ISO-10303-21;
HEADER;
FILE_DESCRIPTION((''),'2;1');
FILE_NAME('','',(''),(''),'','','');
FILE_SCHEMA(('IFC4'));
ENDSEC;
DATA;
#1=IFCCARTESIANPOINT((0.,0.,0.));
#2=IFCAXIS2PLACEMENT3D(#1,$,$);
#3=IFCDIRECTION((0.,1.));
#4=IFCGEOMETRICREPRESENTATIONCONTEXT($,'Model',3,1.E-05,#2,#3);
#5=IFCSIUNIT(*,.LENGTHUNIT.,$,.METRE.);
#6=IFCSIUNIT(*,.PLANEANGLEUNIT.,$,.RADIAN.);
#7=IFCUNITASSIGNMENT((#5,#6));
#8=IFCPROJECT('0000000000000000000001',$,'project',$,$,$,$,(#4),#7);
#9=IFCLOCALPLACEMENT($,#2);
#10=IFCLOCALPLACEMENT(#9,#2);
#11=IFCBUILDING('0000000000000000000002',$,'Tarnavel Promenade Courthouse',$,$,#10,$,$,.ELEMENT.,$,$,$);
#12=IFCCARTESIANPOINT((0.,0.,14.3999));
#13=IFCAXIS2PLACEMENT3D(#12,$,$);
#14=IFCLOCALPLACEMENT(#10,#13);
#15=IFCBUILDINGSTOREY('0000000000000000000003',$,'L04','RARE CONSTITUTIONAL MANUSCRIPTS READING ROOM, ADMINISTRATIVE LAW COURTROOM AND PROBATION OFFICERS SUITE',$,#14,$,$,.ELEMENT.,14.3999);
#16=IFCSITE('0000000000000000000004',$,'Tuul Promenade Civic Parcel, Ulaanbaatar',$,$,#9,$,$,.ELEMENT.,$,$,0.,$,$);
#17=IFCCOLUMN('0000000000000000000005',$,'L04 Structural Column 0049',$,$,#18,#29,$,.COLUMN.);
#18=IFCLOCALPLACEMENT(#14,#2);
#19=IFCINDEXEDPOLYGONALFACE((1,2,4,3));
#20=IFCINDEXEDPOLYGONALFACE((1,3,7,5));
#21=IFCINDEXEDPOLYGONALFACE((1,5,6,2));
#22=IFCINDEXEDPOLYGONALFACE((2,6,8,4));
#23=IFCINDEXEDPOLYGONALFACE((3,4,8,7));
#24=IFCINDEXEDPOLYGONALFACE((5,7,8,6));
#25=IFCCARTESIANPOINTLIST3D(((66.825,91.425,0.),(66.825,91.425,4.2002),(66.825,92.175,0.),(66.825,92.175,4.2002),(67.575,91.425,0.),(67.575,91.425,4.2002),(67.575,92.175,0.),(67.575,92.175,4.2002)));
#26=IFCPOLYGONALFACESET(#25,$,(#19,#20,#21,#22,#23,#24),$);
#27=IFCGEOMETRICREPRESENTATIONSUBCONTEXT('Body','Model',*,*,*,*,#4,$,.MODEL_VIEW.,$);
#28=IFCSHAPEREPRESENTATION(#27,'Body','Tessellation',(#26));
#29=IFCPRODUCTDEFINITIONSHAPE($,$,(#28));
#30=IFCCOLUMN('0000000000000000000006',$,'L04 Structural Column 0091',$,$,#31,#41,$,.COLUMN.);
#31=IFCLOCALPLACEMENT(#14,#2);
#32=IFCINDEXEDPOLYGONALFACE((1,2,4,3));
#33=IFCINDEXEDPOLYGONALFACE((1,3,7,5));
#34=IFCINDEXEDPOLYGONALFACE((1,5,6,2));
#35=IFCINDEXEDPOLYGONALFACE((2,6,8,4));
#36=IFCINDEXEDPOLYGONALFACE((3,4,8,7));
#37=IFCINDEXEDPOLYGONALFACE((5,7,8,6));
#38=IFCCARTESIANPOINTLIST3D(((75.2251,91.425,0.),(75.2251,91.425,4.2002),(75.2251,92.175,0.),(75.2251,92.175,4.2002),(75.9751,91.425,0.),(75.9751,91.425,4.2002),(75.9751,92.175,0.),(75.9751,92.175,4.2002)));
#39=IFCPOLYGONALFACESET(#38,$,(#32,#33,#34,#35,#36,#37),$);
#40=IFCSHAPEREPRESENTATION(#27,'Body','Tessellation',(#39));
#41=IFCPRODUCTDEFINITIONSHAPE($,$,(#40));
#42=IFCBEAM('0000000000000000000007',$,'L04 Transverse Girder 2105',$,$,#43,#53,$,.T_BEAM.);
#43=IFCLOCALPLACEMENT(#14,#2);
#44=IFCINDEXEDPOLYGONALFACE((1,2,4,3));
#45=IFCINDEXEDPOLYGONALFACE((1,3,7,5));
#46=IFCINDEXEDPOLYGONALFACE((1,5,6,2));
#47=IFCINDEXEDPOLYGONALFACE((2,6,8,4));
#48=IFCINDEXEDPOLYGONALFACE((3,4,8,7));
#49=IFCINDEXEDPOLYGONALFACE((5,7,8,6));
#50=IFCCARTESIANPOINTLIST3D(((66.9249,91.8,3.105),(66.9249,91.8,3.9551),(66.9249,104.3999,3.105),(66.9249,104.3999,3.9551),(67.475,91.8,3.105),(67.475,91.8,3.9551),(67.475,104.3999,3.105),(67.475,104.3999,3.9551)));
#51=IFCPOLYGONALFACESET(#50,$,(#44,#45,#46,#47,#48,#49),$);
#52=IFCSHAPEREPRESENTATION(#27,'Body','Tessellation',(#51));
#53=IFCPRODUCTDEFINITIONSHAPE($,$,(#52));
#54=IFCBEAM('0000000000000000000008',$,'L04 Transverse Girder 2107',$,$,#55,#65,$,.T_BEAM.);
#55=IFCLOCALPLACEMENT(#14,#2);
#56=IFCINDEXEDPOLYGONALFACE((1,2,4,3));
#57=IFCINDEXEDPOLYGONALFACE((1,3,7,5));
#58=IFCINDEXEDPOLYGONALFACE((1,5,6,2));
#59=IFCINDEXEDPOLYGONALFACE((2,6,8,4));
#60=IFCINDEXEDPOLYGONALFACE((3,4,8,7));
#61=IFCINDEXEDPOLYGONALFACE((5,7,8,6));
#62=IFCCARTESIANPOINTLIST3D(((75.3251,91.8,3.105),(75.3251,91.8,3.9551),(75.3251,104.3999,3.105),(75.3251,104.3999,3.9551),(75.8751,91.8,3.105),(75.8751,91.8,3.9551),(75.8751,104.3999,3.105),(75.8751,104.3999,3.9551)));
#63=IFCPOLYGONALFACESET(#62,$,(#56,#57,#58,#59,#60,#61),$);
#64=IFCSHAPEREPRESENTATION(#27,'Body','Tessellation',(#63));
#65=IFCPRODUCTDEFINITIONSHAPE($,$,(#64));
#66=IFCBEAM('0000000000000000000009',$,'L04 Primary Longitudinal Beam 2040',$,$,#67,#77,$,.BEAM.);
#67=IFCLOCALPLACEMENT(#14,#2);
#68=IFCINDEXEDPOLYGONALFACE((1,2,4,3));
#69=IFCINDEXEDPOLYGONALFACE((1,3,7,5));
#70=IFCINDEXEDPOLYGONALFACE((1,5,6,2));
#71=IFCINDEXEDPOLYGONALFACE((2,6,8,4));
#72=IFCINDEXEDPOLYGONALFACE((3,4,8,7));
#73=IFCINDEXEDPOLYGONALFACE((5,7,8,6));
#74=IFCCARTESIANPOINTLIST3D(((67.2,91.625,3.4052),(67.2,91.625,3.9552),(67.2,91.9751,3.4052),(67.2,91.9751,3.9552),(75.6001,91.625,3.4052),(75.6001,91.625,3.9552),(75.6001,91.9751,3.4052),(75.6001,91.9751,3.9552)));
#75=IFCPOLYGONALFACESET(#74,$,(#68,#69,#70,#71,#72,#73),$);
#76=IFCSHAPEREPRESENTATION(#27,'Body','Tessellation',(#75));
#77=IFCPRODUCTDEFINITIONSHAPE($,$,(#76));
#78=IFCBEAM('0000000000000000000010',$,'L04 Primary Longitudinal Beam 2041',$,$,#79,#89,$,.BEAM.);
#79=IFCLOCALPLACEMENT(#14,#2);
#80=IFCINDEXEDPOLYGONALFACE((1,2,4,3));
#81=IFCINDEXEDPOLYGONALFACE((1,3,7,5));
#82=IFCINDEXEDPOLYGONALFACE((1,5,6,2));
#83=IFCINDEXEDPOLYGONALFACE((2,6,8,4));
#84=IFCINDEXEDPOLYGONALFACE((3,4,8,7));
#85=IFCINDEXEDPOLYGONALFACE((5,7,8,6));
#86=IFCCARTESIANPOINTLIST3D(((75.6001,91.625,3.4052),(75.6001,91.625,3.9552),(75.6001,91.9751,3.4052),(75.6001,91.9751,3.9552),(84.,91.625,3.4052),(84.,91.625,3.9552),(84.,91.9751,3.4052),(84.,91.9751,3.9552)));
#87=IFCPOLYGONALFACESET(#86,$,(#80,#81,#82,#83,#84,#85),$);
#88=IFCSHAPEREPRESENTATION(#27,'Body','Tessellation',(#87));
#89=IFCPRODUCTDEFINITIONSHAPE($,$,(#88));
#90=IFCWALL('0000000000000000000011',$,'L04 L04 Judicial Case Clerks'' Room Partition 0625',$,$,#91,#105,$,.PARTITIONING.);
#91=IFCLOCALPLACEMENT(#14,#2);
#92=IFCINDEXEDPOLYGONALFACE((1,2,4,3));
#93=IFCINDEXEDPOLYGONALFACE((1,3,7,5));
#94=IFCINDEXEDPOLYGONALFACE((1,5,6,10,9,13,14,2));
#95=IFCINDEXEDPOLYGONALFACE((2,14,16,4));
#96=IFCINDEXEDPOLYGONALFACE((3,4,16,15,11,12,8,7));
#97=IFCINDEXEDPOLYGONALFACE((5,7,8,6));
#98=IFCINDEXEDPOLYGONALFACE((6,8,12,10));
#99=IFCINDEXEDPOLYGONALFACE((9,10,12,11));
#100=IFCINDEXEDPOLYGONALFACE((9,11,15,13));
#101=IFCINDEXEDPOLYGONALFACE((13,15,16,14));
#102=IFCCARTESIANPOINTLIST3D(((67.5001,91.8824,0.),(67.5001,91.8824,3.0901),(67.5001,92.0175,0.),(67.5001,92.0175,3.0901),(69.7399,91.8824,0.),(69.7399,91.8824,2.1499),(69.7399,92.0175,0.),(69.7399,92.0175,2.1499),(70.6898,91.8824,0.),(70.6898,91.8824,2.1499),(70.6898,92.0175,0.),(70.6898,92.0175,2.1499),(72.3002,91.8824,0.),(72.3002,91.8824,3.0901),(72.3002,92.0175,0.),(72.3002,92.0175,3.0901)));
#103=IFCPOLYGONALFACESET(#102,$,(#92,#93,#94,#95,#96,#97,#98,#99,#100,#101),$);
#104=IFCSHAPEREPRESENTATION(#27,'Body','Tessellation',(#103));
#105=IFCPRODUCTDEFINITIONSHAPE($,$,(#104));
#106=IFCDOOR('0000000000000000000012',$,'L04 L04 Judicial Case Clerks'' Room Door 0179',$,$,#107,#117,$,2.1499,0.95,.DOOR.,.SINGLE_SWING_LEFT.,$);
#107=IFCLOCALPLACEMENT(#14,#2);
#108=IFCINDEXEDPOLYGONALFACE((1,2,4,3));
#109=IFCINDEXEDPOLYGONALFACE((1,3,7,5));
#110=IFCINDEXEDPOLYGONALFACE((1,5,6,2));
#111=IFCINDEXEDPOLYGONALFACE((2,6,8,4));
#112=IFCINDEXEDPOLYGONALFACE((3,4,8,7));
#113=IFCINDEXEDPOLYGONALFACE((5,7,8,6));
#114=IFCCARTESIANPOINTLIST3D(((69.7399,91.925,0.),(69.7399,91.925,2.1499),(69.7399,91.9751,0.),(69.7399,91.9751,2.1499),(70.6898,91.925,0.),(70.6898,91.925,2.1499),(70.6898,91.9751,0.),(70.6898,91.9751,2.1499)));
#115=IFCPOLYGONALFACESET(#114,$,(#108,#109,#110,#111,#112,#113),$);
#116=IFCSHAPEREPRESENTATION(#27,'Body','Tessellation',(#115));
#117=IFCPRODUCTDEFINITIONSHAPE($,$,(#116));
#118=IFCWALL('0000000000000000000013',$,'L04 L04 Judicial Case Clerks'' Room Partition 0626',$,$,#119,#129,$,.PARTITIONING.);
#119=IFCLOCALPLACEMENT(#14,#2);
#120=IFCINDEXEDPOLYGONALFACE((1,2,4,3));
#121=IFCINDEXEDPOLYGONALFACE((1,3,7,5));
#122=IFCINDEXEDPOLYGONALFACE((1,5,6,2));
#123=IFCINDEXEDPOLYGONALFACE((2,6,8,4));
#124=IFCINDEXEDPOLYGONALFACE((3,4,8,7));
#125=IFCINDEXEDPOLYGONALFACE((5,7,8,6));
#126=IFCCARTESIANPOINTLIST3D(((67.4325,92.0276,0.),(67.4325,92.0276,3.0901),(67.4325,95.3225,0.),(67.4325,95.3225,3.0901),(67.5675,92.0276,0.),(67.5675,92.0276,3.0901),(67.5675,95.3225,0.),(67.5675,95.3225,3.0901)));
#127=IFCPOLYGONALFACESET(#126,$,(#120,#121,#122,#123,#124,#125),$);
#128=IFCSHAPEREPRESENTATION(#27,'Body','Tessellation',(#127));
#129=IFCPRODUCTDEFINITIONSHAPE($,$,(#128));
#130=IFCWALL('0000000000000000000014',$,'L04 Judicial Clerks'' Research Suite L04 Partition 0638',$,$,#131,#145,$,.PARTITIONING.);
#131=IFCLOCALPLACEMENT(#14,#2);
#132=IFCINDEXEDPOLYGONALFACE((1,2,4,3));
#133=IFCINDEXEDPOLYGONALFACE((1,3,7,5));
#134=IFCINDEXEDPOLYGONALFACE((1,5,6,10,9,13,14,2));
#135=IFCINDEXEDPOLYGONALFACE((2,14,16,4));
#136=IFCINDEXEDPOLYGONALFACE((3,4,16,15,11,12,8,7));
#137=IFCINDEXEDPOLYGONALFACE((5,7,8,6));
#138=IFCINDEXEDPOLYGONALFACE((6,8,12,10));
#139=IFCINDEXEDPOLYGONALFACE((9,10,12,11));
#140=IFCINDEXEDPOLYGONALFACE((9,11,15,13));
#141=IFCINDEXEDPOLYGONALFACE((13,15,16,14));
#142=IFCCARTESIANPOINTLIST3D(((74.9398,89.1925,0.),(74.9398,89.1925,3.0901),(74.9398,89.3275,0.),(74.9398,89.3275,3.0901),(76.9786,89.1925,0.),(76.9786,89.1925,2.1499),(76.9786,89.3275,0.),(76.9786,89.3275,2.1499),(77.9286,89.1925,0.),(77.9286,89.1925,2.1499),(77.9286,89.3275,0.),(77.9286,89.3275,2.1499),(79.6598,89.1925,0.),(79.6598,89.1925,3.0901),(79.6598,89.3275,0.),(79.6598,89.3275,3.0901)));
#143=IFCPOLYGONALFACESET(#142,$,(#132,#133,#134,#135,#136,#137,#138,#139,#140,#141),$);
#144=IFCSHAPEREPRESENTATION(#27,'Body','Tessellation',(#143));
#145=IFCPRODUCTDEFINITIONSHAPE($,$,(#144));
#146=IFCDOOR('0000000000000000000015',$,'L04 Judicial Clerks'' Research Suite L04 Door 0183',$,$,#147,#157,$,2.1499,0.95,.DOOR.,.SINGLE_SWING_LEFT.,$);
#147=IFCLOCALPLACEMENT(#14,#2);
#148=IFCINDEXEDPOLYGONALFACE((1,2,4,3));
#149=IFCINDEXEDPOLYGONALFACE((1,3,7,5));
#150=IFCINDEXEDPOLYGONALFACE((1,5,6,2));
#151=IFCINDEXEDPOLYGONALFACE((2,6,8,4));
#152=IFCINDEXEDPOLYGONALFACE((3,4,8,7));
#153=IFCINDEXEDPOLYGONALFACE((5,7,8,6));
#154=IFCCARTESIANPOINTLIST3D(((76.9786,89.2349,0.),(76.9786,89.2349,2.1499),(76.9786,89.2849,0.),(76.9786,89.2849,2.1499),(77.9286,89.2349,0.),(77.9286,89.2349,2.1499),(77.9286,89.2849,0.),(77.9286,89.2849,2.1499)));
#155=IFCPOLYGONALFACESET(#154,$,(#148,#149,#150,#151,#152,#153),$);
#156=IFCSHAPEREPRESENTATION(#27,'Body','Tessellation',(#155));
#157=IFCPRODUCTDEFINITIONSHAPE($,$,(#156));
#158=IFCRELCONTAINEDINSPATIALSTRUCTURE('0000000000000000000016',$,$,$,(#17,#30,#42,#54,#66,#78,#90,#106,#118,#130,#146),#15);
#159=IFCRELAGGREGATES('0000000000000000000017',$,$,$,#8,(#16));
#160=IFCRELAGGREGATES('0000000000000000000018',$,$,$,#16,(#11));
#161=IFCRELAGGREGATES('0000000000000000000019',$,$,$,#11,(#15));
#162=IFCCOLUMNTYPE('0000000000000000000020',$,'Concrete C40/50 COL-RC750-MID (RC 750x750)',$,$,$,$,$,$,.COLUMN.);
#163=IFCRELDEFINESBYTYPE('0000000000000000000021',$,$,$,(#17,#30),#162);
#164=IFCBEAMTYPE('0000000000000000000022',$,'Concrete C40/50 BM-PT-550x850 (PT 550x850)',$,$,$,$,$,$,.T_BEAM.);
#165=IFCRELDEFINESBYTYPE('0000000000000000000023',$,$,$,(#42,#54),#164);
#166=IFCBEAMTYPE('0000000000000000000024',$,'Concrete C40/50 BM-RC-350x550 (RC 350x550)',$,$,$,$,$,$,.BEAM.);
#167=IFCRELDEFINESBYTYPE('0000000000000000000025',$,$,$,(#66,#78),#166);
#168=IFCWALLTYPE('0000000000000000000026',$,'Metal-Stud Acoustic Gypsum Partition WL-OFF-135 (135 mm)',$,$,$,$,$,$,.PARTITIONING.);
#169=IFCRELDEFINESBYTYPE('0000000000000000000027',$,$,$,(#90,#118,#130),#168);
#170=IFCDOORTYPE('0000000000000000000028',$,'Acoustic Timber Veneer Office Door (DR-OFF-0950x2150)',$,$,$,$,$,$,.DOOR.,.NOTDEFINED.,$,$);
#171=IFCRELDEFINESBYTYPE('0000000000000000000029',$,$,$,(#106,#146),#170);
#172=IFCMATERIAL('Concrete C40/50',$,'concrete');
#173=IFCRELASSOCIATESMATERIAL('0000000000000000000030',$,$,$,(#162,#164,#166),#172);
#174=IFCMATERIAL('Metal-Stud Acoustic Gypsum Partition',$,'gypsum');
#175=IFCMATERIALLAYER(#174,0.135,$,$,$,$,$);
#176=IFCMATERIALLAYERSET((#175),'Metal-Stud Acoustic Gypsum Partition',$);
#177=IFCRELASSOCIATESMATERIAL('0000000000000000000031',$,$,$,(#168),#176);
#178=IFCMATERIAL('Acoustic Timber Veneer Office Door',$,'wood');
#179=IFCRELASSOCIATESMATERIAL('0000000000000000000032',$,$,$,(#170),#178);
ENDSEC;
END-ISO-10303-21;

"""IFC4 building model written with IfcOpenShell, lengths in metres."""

from ifc_helpers import new_model, si_unit, direction, frame, frame_2d, origin, origin_2d, place, context, subcontext, project, spatial, rectangle, extrude, material, layer, layer_set, material_profile, profile_set, type_object, element, fill, save


model = new_model("IFC4")

# Units and contexts
model_context = context("Model", 3, precision=1e-05, world=origin(), true_north=direction((0.0, 1.0)))
body_context = subcontext(model_context, "Body", "Model", "MODEL_VIEW")
ifc_project = project(units=[si_unit("LENGTHUNIT", "METRE"), si_unit("PLANEANGLEUNIT", "RADIAN")], contexts=[model_context])

# Site, building, storey
site_placement = place(None, origin())
site = spatial("IfcSite", under=ifc_project, at=site_placement, Name="Tuul Promenade Civic Parcel, Ulaanbaatar", CompositionType="ELEMENT", RefElevation=0.0)
building_placement = place(site_placement, origin())
building = spatial("IfcBuilding", under=site, at=building_placement, Name="Tarnavel Promenade Courthouse", CompositionType="ELEMENT")
storey_placement = place(building_placement, frame((0.0, 0.0, 14.3999)))
storey = spatial("IfcBuildingStorey", under=building, at=storey_placement, Name="L04", Description="RARE CONSTITUTIONAL MANUSCRIPTS READING ROOM, ADMINISTRATIVE LAW COURTROOM AND PROBATION OFFICERS SUITE", CompositionType="ELEMENT", Elevation=14.3999)

# Columns
ifc_material_1 = material(Name="Concrete C40/50", Category="concrete")
ifc_material_profile_1 = material_profile(ifc_material_1, rectangle(XDim=0.75, YDim=0.75, at=origin_2d()), Name="RC 750x750")
ifc_profile_set_1 = profile_set([ifc_material_profile_1], Name="Concrete C40/50")
column_type = type_object("IfcColumnType", Name="Concrete C40/50 COL-RC750-MID (RC 750x750)", PredefinedType="COLUMN", material=ifc_profile_set_1)
for number, where, z_axis, x_axis, name in (
    (1, (67.2, 91.8, 0.0), (0.0, 0.0, 1.0), (1.0, 0.0, 0.0), "L04 Structural Column 0049"),
    (2, (75.6001, 91.8, 0.0), (0.0, 0.0, 1.0), (1.0, 0.0, 0.0), "L04 Structural Column 0091"),
):
    element("IfcColumn", number, at=place(storey_placement, frame(where, z_axis=z_axis, x_axis=x_axis)), inside=storey, type_object=column_type, Name=name, PredefinedType="COLUMN", context=body_context, shape_type="SweptSolid", body=[
        extrude(rectangle(XDim=0.75, YDim=0.75, at=origin_2d()), origin(), (0.0, 0.0, 1.0), 4.2002),
    ])

# Beams
ifc_material_profile_2 = material_profile(ifc_material_1, rectangle(XDim=0.55, YDim=0.8501, at=origin_2d()), Name="PT 550x850")
ifc_profile_set_2 = profile_set([ifc_material_profile_2], Name="Concrete C40/50")
beam_type_1 = type_object("IfcBeamType", Name="Concrete C40/50 BM-PT-550x850 (PT 550x850)", PredefinedType="T_BEAM", material=ifc_profile_set_2)
for number, where, z_axis, x_axis, name in (
    (3, (67.2, 91.8, 3.53), (0.0, 1.0, 0.0), (-1.0, 0.0, 0.0), "L04 Transverse Girder 2105"),
    (4, (75.6001, 91.8, 3.53), (0.0, 1.0, 0.0), (-1.0, 0.0, 0.0), "L04 Transverse Girder 2107"),
):
    element("IfcBeam", number, at=place(storey_placement, frame(where, z_axis=z_axis, x_axis=x_axis)), inside=storey, type_object=beam_type_1, Name=name, PredefinedType="T_BEAM", context=body_context, shape_type="SweptSolid", body=[
        extrude(rectangle(XDim=0.55, YDim=0.8501, at=origin_2d()), origin(), (0.0, 0.0, 1.0), 12.5999),
    ])
ifc_material_profile_3 = material_profile(ifc_material_1, rectangle(XDim=0.3501, YDim=0.55, at=origin_2d()), Name="RC 350x550")
ifc_profile_set_3 = profile_set([ifc_material_profile_3], Name="Concrete C40/50")
beam_type_2 = type_object("IfcBeamType", Name="Concrete C40/50 BM-RC-350x550 (RC 350x550)", PredefinedType="BEAM", material=ifc_profile_set_3)
beam_1_placement = place(storey_placement, frame((67.2, 91.8, 3.6802), z_axis=(1.0, 0.0, 0.0), x_axis=(0.0, 1.0, 0.0)))
element("IfcBeam", 5, at=beam_1_placement, inside=storey, type_object=beam_type_2, Name="L04 Primary Longitudinal Beam 2040", PredefinedType="BEAM", context=body_context, shape_type="SweptSolid", body=[
    extrude(rectangle(XDim=0.3501, YDim=0.55, at=origin_2d()), origin(), (0.0, 0.0, 1.0), 8.4001),
])
beam_2_placement = place(storey_placement, frame((75.6001, 91.8, 3.6802), z_axis=(1.0, 0.0, 0.0), x_axis=(0.0, 1.0, 0.0)))
element("IfcBeam", 6, at=beam_2_placement, inside=storey, type_object=beam_type_2, Name="L04 Primary Longitudinal Beam 2041", PredefinedType="BEAM", context=body_context, shape_type="SweptSolid", body=[
    extrude(rectangle(XDim=0.3501, YDim=0.55, at=origin_2d()), origin(), (0.0, 0.0, 1.0), 8.3999),
])

# Wall, opening, door
ifc_material_2 = material(Name="Metal-Stud Acoustic Gypsum Partition", Category="gypsum")
ifc_layer_1 = layer(ifc_material_2, 0.135)
ifc_layer_set_1 = layer_set([ifc_layer_1], Name="Metal-Stud Acoustic Gypsum Partition")
wall_type_1 = type_object("IfcWallType", Name="Metal-Stud Acoustic Gypsum Partition WL-OFF-135 (135 mm)", PredefinedType="PARTITIONING", material=ifc_layer_set_1)
wall_1_placement = place(storey_placement, frame((72.3, 91.95, 0.0), z_axis=(0.0, 0.0, 1.0), x_axis=(-1.0, 0.0, 0.0)))
wall_1 = element("IfcWall", 7, at=wall_1_placement, inside=storey, type_object=wall_type_1, Name="L04 L04 Judicial Case Clerks' Room Partition 0625", PredefinedType="PARTITIONING", context=body_context, shape_type="SweptSolid", body=[
    extrude(rectangle(XDim=4.8, YDim=0.135, at=frame_2d((2.3999, 0.0))), origin(), (0.0, 0.0, 1.0), 3.0901),
])
opening_1_placement = place(wall_1_placement, frame((1.6101, 0.0, 0.0)))
opening_1 = element("IfcOpeningElement", 8, at=opening_1_placement, cuts=wall_1, PredefinedType="OPENING", context=body_context, shape_type="SweptSolid", body=[
    extrude(rectangle(XDim=0.95, YDim=2.1499, at=frame_2d((0.4751, 1.075))), frame((0.0, 0.0774, 0.0), z_axis=(0.0, -1.0, 0.0), x_axis=(1.0, 0.0, 0.0)), (0.0, 0.0, 1.0), 0.155),
])
ifc_material_3 = material(Name="Acoustic Timber Veneer Office Door", Category="wood")
door_type_1 = type_object("IfcDoorType", Name="Acoustic Timber Veneer Office Door (DR-OFF-0950x2150)", OperationType="NOTDEFINED", PredefinedType="DOOR", material=ifc_material_3)
door_1_placement = place(opening_1_placement, origin())
door_1 = element("IfcDoor", 9, at=door_1_placement, inside=storey, type_object=door_type_1, Name="L04 L04 Judicial Case Clerks' Room Door 0179", OperationType="SINGLE_SWING_LEFT", OverallHeight=2.1499, OverallWidth=0.95, PredefinedType="DOOR", context=body_context, shape_type="SweptSolid", body=[
    extrude(rectangle(XDim=0.95, YDim=2.1499, at=frame_2d((0.4751, 1.075))), frame((0.0, 0.0249, 0.0), z_axis=(0.0, -1.0, 0.0), x_axis=(1.0, 0.0, 0.0)), (0.0, 0.0, 1.0), 0.05),
])
fill(opening_1, door_1)

# Wall
wall_2_placement = place(storey_placement, frame((67.5, 92.0276, 0.0), z_axis=(0.0, 0.0, 1.0), x_axis=(0.0, 1.0, 0.0)))
element("IfcWall", 10, at=wall_2_placement, inside=storey, type_object=wall_type_1, Name="L04 L04 Judicial Case Clerks' Room Partition 0626", PredefinedType="PARTITIONING", context=body_context, shape_type="SweptSolid", body=[
    extrude(rectangle(XDim=3.2949, YDim=0.135, at=frame_2d((1.6475, 0.0))), origin(), (0.0, 0.0, 1.0), 3.0901),
])

# Wall, opening, door
wall_3_placement = place(storey_placement, frame((74.9399, 89.26, 0.0), z_axis=(0.0, 0.0, 1.0), x_axis=(1.0, 0.0, 0.0)))
wall_3 = element("IfcWall", 11, at=wall_3_placement, inside=storey, type_object=wall_type_1, Name="L04 Judicial Clerks' Research Suite L04 Partition 0638", PredefinedType="PARTITIONING", context=body_context, shape_type="SweptSolid", body=[
    extrude(rectangle(XDim=4.72, YDim=0.135, at=frame_2d((2.3599, 0.0))), origin(), (0.0, 0.0, 1.0), 3.0901),
])
opening_2_placement = place(wall_3_placement, frame((2.0386, 0.0, 0.0)))
opening_2 = element("IfcOpeningElement", 12, at=opening_2_placement, cuts=wall_3, PredefinedType="OPENING", context=body_context, shape_type="SweptSolid", body=[
    extrude(rectangle(XDim=0.95, YDim=2.1499, at=frame_2d((0.4751, 1.075))), frame((0.0, 0.0774, 0.0), z_axis=(0.0, -1.0, 0.0), x_axis=(1.0, 0.0, 0.0)), (0.0, 0.0, 1.0), 0.155),
])
door_2_placement = place(opening_2_placement, origin())
door_2 = element("IfcDoor", 13, at=door_2_placement, inside=storey, type_object=door_type_1, Name="L04 Judicial Clerks' Research Suite L04 Door 0183", OperationType="SINGLE_SWING_LEFT", OverallHeight=2.1499, OverallWidth=0.95, PredefinedType="DOOR", context=body_context, shape_type="SweptSolid", body=[
    extrude(rectangle(XDim=0.95, YDim=2.1499, at=frame_2d((0.4751, 1.075))), frame((0.0, 0.0249, 0.0), z_axis=(0.0, -1.0, 0.0), x_axis=(1.0, 0.0, 0.0)), (0.0, 0.0, 1.0), 0.05),
])
fill(opening_2, door_2)

save(model, "model.ifc")
